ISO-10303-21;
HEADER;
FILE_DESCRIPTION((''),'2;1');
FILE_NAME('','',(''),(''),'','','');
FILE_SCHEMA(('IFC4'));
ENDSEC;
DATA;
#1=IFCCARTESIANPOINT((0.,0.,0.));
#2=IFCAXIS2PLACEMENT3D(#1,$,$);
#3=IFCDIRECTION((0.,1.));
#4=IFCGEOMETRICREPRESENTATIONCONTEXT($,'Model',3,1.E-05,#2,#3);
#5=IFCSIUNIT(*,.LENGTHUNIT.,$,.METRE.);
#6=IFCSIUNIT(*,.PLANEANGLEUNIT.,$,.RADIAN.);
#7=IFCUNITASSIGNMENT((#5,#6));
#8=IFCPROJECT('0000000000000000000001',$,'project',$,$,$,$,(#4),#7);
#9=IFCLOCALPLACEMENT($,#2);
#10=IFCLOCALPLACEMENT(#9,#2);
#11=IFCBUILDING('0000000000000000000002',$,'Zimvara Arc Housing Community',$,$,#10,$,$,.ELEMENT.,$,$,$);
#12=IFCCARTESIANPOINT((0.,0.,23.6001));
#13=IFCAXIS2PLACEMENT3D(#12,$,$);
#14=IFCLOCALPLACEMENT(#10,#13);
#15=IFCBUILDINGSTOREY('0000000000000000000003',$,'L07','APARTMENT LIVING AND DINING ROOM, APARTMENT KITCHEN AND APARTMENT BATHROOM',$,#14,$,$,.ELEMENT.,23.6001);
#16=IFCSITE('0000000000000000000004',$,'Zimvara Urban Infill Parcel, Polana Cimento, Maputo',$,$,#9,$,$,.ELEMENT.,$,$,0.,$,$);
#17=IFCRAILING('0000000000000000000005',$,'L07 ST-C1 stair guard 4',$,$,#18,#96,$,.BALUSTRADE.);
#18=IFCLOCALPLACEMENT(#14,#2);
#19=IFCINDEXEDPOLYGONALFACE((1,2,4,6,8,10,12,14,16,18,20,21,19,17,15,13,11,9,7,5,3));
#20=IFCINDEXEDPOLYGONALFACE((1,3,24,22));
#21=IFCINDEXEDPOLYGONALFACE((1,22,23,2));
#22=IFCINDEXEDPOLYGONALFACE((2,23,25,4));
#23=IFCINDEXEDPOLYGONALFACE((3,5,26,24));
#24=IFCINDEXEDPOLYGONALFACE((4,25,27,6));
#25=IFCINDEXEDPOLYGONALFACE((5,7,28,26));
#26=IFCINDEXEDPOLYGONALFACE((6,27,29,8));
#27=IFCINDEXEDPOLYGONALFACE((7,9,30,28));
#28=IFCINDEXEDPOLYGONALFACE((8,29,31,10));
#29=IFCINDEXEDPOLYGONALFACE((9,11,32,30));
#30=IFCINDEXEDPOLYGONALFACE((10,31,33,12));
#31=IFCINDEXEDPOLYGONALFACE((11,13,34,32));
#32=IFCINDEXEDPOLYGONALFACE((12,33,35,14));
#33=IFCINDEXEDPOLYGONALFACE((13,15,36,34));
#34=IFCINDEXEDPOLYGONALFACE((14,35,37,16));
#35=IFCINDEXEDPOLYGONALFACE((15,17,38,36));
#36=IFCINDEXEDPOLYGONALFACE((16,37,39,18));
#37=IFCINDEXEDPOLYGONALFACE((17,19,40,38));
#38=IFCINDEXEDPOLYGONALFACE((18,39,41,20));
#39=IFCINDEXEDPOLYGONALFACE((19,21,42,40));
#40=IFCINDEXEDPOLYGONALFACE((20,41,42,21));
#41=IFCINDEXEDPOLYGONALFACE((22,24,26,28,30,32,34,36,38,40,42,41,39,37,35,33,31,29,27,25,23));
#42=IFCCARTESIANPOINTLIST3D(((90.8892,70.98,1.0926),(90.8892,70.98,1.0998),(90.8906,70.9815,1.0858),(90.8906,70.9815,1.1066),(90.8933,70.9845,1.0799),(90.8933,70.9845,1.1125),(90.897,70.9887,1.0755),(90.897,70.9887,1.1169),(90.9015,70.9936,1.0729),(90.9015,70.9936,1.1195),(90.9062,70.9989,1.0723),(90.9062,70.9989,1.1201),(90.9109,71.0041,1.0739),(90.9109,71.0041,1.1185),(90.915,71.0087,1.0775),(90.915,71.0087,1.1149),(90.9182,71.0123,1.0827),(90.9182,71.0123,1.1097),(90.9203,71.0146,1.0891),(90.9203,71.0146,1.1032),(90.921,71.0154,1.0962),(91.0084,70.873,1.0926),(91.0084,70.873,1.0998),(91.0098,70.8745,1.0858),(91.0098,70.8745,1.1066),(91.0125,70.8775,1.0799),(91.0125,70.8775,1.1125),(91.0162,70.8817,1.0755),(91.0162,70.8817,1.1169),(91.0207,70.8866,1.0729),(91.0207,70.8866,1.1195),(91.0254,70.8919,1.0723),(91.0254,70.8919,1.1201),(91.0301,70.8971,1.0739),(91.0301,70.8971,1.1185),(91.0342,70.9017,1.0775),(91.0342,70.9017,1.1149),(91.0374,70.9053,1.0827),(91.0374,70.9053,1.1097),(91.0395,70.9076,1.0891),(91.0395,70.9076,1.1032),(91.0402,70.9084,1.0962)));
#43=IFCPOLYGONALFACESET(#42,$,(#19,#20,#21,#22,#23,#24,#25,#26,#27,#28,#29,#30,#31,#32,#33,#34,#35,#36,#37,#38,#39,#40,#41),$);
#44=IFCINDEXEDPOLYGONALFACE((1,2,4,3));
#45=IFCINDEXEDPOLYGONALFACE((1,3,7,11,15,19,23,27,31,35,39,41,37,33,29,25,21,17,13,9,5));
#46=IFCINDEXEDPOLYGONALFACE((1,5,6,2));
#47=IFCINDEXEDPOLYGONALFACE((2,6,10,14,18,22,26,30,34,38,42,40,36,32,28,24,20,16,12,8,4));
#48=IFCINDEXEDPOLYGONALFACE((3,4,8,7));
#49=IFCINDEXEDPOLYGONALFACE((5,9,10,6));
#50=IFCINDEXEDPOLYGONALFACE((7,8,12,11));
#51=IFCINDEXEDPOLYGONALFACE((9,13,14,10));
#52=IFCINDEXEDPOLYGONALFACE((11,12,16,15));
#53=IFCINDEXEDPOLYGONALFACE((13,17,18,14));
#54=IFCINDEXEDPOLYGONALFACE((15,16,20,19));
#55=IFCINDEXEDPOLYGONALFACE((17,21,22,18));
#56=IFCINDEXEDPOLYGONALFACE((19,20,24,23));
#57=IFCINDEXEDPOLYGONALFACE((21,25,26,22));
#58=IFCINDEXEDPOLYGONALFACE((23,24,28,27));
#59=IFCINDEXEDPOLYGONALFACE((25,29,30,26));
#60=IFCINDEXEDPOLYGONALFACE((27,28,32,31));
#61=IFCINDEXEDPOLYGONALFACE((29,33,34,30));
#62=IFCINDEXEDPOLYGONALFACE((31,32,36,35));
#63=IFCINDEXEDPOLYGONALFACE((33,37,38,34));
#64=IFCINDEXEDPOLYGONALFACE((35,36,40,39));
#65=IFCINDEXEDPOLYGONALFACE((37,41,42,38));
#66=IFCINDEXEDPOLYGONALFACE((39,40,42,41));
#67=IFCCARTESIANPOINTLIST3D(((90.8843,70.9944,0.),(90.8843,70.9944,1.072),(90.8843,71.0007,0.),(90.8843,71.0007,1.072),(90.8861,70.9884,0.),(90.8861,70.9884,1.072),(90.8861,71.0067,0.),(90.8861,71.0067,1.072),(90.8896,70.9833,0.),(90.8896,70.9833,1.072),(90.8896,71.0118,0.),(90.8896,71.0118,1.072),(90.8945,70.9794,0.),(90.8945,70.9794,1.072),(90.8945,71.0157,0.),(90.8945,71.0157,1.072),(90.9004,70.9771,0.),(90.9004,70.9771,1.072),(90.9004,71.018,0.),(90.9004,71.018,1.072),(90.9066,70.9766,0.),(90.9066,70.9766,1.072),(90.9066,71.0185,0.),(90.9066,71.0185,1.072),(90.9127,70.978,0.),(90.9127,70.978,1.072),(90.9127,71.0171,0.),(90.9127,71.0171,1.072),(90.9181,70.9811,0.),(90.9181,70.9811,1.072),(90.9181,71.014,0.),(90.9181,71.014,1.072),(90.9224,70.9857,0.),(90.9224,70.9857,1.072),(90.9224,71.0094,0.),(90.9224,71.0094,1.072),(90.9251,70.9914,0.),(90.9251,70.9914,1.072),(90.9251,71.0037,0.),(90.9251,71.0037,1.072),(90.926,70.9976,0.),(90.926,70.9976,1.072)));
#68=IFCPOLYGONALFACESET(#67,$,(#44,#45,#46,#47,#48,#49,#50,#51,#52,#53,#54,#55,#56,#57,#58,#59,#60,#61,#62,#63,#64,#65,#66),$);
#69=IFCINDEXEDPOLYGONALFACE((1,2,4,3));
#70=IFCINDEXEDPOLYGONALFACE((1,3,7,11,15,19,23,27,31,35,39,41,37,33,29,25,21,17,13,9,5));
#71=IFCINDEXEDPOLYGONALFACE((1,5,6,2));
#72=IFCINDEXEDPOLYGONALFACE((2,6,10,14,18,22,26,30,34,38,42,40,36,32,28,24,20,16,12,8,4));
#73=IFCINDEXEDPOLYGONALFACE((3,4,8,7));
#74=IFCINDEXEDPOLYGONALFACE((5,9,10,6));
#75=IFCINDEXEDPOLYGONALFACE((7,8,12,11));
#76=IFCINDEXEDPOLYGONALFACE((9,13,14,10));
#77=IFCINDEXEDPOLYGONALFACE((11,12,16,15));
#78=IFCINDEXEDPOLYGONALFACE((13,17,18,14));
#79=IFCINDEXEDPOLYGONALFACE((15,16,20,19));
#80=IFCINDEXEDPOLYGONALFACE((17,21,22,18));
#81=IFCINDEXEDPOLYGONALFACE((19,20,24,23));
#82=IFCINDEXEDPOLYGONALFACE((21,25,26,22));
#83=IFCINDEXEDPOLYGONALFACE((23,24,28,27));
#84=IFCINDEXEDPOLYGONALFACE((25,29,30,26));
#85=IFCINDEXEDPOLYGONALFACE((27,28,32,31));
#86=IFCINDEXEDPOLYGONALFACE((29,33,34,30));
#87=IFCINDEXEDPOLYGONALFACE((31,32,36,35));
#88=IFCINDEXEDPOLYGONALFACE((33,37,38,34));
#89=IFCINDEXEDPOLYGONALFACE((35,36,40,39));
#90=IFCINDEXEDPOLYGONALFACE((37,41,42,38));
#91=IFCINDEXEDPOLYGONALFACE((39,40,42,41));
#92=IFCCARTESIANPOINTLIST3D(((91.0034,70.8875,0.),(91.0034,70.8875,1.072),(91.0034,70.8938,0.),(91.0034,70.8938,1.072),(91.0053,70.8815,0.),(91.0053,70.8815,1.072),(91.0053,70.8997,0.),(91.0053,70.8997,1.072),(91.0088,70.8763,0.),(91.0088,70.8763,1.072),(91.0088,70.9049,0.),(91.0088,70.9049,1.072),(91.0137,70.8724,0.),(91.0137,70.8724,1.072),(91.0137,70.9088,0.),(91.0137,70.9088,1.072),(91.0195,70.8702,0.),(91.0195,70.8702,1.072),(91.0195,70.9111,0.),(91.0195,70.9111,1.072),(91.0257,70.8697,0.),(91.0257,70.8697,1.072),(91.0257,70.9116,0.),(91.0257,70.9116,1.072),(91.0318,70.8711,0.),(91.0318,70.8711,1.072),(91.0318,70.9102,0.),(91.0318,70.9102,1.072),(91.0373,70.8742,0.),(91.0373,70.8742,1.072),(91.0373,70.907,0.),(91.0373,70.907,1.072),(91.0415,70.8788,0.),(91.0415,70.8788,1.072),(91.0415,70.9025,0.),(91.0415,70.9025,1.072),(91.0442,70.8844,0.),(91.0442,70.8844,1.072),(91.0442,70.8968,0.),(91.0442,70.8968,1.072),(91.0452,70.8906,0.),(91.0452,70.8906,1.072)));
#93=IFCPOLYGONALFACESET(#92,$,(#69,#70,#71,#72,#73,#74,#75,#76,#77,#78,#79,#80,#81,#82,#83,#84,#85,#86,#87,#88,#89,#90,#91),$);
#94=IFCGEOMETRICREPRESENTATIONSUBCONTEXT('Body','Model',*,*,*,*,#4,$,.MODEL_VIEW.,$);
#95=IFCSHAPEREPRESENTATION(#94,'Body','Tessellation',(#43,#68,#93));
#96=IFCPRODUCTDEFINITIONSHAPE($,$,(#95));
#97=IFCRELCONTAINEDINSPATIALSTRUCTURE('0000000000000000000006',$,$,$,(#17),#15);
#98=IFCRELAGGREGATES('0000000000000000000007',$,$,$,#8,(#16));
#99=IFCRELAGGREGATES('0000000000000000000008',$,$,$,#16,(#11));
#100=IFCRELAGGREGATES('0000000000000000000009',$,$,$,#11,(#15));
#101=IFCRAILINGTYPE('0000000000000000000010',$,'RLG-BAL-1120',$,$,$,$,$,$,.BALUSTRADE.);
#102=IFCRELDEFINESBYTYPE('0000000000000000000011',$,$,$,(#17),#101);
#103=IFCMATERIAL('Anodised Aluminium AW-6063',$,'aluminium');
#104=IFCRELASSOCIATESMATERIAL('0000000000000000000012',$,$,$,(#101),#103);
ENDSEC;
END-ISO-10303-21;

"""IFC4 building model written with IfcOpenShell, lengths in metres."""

from ifc_helpers import new_model, si_unit, direction, frame, origin, origin_2d, place, context, subcontext, project, spatial, circle, extrude, material, type_object, element, save


model = new_model("IFC4")

# Units and contexts
model_context = context("Model", 3, precision=1e-05, world=origin(), true_north=direction((0.0, 1.0)))
body_context = subcontext(model_context, "Body", "Model", "MODEL_VIEW")
ifc_project = project(units=[si_unit("LENGTHUNIT", "METRE"), si_unit("PLANEANGLEUNIT", "RADIAN")], contexts=[model_context])

# Site, building, storey
site_placement = place(None, origin())
site = spatial("IfcSite", under=ifc_project, at=site_placement, Name="Zimvara Urban Infill Parcel, Polana Cimento, Maputo", CompositionType="ELEMENT", RefElevation=0.0)
building_placement = place(site_placement, origin())
building = spatial("IfcBuilding", under=site, at=building_placement, Name="Zimvara Arc Housing Community", CompositionType="ELEMENT")
storey_placement = place(building_placement, frame((0.0, 0.0, 23.6001)))
storey = spatial("IfcBuildingStorey", under=building, at=storey_placement, Name="L07", Description="APARTMENT LIVING AND DINING ROOM, APARTMENT KITCHEN AND APARTMENT BATHROOM", CompositionType="ELEMENT", Elevation=23.6001)

# Railing
ifc_material_1 = material(Name="Anodised Aluminium AW-6063", Category="aluminium")
railing_type_1 = type_object("IfcRailingType", Name="RLG-BAL-1120", PredefinedType="BALUSTRADE", material=ifc_material_1)
railing_1_placement = place(storey_placement, frame((90.905, 70.9976, 0.0)))
element("IfcRailing", 1, at=railing_1_placement, inside=storey, type_object=railing_type_1, Name="L07 ST-C1 stair guard 4", PredefinedType="BALUSTRADE", context=body_context, shape_type="SweptSolid", body=[
    extrude(circle(Radius=0.0239, at=origin_2d()), frame((0.0, 0.0, 1.0962), z_axis=(0.744203, -0.667953, 0.0), x_axis=(0.667953, 0.744203, 0.0)), (0.0, 0.0, 1.0), 0.1602),
    extrude(circle(Radius=0.021, at=origin_2d()), origin(), (0.0, 0.0, 1.0), 1.072),
    extrude(circle(Radius=0.021, at=origin_2d()), frame((0.1191, -0.1069, 0.0)), (0.0, 0.0, 1.0), 1.072),
])

save(model, "model.ifc")
